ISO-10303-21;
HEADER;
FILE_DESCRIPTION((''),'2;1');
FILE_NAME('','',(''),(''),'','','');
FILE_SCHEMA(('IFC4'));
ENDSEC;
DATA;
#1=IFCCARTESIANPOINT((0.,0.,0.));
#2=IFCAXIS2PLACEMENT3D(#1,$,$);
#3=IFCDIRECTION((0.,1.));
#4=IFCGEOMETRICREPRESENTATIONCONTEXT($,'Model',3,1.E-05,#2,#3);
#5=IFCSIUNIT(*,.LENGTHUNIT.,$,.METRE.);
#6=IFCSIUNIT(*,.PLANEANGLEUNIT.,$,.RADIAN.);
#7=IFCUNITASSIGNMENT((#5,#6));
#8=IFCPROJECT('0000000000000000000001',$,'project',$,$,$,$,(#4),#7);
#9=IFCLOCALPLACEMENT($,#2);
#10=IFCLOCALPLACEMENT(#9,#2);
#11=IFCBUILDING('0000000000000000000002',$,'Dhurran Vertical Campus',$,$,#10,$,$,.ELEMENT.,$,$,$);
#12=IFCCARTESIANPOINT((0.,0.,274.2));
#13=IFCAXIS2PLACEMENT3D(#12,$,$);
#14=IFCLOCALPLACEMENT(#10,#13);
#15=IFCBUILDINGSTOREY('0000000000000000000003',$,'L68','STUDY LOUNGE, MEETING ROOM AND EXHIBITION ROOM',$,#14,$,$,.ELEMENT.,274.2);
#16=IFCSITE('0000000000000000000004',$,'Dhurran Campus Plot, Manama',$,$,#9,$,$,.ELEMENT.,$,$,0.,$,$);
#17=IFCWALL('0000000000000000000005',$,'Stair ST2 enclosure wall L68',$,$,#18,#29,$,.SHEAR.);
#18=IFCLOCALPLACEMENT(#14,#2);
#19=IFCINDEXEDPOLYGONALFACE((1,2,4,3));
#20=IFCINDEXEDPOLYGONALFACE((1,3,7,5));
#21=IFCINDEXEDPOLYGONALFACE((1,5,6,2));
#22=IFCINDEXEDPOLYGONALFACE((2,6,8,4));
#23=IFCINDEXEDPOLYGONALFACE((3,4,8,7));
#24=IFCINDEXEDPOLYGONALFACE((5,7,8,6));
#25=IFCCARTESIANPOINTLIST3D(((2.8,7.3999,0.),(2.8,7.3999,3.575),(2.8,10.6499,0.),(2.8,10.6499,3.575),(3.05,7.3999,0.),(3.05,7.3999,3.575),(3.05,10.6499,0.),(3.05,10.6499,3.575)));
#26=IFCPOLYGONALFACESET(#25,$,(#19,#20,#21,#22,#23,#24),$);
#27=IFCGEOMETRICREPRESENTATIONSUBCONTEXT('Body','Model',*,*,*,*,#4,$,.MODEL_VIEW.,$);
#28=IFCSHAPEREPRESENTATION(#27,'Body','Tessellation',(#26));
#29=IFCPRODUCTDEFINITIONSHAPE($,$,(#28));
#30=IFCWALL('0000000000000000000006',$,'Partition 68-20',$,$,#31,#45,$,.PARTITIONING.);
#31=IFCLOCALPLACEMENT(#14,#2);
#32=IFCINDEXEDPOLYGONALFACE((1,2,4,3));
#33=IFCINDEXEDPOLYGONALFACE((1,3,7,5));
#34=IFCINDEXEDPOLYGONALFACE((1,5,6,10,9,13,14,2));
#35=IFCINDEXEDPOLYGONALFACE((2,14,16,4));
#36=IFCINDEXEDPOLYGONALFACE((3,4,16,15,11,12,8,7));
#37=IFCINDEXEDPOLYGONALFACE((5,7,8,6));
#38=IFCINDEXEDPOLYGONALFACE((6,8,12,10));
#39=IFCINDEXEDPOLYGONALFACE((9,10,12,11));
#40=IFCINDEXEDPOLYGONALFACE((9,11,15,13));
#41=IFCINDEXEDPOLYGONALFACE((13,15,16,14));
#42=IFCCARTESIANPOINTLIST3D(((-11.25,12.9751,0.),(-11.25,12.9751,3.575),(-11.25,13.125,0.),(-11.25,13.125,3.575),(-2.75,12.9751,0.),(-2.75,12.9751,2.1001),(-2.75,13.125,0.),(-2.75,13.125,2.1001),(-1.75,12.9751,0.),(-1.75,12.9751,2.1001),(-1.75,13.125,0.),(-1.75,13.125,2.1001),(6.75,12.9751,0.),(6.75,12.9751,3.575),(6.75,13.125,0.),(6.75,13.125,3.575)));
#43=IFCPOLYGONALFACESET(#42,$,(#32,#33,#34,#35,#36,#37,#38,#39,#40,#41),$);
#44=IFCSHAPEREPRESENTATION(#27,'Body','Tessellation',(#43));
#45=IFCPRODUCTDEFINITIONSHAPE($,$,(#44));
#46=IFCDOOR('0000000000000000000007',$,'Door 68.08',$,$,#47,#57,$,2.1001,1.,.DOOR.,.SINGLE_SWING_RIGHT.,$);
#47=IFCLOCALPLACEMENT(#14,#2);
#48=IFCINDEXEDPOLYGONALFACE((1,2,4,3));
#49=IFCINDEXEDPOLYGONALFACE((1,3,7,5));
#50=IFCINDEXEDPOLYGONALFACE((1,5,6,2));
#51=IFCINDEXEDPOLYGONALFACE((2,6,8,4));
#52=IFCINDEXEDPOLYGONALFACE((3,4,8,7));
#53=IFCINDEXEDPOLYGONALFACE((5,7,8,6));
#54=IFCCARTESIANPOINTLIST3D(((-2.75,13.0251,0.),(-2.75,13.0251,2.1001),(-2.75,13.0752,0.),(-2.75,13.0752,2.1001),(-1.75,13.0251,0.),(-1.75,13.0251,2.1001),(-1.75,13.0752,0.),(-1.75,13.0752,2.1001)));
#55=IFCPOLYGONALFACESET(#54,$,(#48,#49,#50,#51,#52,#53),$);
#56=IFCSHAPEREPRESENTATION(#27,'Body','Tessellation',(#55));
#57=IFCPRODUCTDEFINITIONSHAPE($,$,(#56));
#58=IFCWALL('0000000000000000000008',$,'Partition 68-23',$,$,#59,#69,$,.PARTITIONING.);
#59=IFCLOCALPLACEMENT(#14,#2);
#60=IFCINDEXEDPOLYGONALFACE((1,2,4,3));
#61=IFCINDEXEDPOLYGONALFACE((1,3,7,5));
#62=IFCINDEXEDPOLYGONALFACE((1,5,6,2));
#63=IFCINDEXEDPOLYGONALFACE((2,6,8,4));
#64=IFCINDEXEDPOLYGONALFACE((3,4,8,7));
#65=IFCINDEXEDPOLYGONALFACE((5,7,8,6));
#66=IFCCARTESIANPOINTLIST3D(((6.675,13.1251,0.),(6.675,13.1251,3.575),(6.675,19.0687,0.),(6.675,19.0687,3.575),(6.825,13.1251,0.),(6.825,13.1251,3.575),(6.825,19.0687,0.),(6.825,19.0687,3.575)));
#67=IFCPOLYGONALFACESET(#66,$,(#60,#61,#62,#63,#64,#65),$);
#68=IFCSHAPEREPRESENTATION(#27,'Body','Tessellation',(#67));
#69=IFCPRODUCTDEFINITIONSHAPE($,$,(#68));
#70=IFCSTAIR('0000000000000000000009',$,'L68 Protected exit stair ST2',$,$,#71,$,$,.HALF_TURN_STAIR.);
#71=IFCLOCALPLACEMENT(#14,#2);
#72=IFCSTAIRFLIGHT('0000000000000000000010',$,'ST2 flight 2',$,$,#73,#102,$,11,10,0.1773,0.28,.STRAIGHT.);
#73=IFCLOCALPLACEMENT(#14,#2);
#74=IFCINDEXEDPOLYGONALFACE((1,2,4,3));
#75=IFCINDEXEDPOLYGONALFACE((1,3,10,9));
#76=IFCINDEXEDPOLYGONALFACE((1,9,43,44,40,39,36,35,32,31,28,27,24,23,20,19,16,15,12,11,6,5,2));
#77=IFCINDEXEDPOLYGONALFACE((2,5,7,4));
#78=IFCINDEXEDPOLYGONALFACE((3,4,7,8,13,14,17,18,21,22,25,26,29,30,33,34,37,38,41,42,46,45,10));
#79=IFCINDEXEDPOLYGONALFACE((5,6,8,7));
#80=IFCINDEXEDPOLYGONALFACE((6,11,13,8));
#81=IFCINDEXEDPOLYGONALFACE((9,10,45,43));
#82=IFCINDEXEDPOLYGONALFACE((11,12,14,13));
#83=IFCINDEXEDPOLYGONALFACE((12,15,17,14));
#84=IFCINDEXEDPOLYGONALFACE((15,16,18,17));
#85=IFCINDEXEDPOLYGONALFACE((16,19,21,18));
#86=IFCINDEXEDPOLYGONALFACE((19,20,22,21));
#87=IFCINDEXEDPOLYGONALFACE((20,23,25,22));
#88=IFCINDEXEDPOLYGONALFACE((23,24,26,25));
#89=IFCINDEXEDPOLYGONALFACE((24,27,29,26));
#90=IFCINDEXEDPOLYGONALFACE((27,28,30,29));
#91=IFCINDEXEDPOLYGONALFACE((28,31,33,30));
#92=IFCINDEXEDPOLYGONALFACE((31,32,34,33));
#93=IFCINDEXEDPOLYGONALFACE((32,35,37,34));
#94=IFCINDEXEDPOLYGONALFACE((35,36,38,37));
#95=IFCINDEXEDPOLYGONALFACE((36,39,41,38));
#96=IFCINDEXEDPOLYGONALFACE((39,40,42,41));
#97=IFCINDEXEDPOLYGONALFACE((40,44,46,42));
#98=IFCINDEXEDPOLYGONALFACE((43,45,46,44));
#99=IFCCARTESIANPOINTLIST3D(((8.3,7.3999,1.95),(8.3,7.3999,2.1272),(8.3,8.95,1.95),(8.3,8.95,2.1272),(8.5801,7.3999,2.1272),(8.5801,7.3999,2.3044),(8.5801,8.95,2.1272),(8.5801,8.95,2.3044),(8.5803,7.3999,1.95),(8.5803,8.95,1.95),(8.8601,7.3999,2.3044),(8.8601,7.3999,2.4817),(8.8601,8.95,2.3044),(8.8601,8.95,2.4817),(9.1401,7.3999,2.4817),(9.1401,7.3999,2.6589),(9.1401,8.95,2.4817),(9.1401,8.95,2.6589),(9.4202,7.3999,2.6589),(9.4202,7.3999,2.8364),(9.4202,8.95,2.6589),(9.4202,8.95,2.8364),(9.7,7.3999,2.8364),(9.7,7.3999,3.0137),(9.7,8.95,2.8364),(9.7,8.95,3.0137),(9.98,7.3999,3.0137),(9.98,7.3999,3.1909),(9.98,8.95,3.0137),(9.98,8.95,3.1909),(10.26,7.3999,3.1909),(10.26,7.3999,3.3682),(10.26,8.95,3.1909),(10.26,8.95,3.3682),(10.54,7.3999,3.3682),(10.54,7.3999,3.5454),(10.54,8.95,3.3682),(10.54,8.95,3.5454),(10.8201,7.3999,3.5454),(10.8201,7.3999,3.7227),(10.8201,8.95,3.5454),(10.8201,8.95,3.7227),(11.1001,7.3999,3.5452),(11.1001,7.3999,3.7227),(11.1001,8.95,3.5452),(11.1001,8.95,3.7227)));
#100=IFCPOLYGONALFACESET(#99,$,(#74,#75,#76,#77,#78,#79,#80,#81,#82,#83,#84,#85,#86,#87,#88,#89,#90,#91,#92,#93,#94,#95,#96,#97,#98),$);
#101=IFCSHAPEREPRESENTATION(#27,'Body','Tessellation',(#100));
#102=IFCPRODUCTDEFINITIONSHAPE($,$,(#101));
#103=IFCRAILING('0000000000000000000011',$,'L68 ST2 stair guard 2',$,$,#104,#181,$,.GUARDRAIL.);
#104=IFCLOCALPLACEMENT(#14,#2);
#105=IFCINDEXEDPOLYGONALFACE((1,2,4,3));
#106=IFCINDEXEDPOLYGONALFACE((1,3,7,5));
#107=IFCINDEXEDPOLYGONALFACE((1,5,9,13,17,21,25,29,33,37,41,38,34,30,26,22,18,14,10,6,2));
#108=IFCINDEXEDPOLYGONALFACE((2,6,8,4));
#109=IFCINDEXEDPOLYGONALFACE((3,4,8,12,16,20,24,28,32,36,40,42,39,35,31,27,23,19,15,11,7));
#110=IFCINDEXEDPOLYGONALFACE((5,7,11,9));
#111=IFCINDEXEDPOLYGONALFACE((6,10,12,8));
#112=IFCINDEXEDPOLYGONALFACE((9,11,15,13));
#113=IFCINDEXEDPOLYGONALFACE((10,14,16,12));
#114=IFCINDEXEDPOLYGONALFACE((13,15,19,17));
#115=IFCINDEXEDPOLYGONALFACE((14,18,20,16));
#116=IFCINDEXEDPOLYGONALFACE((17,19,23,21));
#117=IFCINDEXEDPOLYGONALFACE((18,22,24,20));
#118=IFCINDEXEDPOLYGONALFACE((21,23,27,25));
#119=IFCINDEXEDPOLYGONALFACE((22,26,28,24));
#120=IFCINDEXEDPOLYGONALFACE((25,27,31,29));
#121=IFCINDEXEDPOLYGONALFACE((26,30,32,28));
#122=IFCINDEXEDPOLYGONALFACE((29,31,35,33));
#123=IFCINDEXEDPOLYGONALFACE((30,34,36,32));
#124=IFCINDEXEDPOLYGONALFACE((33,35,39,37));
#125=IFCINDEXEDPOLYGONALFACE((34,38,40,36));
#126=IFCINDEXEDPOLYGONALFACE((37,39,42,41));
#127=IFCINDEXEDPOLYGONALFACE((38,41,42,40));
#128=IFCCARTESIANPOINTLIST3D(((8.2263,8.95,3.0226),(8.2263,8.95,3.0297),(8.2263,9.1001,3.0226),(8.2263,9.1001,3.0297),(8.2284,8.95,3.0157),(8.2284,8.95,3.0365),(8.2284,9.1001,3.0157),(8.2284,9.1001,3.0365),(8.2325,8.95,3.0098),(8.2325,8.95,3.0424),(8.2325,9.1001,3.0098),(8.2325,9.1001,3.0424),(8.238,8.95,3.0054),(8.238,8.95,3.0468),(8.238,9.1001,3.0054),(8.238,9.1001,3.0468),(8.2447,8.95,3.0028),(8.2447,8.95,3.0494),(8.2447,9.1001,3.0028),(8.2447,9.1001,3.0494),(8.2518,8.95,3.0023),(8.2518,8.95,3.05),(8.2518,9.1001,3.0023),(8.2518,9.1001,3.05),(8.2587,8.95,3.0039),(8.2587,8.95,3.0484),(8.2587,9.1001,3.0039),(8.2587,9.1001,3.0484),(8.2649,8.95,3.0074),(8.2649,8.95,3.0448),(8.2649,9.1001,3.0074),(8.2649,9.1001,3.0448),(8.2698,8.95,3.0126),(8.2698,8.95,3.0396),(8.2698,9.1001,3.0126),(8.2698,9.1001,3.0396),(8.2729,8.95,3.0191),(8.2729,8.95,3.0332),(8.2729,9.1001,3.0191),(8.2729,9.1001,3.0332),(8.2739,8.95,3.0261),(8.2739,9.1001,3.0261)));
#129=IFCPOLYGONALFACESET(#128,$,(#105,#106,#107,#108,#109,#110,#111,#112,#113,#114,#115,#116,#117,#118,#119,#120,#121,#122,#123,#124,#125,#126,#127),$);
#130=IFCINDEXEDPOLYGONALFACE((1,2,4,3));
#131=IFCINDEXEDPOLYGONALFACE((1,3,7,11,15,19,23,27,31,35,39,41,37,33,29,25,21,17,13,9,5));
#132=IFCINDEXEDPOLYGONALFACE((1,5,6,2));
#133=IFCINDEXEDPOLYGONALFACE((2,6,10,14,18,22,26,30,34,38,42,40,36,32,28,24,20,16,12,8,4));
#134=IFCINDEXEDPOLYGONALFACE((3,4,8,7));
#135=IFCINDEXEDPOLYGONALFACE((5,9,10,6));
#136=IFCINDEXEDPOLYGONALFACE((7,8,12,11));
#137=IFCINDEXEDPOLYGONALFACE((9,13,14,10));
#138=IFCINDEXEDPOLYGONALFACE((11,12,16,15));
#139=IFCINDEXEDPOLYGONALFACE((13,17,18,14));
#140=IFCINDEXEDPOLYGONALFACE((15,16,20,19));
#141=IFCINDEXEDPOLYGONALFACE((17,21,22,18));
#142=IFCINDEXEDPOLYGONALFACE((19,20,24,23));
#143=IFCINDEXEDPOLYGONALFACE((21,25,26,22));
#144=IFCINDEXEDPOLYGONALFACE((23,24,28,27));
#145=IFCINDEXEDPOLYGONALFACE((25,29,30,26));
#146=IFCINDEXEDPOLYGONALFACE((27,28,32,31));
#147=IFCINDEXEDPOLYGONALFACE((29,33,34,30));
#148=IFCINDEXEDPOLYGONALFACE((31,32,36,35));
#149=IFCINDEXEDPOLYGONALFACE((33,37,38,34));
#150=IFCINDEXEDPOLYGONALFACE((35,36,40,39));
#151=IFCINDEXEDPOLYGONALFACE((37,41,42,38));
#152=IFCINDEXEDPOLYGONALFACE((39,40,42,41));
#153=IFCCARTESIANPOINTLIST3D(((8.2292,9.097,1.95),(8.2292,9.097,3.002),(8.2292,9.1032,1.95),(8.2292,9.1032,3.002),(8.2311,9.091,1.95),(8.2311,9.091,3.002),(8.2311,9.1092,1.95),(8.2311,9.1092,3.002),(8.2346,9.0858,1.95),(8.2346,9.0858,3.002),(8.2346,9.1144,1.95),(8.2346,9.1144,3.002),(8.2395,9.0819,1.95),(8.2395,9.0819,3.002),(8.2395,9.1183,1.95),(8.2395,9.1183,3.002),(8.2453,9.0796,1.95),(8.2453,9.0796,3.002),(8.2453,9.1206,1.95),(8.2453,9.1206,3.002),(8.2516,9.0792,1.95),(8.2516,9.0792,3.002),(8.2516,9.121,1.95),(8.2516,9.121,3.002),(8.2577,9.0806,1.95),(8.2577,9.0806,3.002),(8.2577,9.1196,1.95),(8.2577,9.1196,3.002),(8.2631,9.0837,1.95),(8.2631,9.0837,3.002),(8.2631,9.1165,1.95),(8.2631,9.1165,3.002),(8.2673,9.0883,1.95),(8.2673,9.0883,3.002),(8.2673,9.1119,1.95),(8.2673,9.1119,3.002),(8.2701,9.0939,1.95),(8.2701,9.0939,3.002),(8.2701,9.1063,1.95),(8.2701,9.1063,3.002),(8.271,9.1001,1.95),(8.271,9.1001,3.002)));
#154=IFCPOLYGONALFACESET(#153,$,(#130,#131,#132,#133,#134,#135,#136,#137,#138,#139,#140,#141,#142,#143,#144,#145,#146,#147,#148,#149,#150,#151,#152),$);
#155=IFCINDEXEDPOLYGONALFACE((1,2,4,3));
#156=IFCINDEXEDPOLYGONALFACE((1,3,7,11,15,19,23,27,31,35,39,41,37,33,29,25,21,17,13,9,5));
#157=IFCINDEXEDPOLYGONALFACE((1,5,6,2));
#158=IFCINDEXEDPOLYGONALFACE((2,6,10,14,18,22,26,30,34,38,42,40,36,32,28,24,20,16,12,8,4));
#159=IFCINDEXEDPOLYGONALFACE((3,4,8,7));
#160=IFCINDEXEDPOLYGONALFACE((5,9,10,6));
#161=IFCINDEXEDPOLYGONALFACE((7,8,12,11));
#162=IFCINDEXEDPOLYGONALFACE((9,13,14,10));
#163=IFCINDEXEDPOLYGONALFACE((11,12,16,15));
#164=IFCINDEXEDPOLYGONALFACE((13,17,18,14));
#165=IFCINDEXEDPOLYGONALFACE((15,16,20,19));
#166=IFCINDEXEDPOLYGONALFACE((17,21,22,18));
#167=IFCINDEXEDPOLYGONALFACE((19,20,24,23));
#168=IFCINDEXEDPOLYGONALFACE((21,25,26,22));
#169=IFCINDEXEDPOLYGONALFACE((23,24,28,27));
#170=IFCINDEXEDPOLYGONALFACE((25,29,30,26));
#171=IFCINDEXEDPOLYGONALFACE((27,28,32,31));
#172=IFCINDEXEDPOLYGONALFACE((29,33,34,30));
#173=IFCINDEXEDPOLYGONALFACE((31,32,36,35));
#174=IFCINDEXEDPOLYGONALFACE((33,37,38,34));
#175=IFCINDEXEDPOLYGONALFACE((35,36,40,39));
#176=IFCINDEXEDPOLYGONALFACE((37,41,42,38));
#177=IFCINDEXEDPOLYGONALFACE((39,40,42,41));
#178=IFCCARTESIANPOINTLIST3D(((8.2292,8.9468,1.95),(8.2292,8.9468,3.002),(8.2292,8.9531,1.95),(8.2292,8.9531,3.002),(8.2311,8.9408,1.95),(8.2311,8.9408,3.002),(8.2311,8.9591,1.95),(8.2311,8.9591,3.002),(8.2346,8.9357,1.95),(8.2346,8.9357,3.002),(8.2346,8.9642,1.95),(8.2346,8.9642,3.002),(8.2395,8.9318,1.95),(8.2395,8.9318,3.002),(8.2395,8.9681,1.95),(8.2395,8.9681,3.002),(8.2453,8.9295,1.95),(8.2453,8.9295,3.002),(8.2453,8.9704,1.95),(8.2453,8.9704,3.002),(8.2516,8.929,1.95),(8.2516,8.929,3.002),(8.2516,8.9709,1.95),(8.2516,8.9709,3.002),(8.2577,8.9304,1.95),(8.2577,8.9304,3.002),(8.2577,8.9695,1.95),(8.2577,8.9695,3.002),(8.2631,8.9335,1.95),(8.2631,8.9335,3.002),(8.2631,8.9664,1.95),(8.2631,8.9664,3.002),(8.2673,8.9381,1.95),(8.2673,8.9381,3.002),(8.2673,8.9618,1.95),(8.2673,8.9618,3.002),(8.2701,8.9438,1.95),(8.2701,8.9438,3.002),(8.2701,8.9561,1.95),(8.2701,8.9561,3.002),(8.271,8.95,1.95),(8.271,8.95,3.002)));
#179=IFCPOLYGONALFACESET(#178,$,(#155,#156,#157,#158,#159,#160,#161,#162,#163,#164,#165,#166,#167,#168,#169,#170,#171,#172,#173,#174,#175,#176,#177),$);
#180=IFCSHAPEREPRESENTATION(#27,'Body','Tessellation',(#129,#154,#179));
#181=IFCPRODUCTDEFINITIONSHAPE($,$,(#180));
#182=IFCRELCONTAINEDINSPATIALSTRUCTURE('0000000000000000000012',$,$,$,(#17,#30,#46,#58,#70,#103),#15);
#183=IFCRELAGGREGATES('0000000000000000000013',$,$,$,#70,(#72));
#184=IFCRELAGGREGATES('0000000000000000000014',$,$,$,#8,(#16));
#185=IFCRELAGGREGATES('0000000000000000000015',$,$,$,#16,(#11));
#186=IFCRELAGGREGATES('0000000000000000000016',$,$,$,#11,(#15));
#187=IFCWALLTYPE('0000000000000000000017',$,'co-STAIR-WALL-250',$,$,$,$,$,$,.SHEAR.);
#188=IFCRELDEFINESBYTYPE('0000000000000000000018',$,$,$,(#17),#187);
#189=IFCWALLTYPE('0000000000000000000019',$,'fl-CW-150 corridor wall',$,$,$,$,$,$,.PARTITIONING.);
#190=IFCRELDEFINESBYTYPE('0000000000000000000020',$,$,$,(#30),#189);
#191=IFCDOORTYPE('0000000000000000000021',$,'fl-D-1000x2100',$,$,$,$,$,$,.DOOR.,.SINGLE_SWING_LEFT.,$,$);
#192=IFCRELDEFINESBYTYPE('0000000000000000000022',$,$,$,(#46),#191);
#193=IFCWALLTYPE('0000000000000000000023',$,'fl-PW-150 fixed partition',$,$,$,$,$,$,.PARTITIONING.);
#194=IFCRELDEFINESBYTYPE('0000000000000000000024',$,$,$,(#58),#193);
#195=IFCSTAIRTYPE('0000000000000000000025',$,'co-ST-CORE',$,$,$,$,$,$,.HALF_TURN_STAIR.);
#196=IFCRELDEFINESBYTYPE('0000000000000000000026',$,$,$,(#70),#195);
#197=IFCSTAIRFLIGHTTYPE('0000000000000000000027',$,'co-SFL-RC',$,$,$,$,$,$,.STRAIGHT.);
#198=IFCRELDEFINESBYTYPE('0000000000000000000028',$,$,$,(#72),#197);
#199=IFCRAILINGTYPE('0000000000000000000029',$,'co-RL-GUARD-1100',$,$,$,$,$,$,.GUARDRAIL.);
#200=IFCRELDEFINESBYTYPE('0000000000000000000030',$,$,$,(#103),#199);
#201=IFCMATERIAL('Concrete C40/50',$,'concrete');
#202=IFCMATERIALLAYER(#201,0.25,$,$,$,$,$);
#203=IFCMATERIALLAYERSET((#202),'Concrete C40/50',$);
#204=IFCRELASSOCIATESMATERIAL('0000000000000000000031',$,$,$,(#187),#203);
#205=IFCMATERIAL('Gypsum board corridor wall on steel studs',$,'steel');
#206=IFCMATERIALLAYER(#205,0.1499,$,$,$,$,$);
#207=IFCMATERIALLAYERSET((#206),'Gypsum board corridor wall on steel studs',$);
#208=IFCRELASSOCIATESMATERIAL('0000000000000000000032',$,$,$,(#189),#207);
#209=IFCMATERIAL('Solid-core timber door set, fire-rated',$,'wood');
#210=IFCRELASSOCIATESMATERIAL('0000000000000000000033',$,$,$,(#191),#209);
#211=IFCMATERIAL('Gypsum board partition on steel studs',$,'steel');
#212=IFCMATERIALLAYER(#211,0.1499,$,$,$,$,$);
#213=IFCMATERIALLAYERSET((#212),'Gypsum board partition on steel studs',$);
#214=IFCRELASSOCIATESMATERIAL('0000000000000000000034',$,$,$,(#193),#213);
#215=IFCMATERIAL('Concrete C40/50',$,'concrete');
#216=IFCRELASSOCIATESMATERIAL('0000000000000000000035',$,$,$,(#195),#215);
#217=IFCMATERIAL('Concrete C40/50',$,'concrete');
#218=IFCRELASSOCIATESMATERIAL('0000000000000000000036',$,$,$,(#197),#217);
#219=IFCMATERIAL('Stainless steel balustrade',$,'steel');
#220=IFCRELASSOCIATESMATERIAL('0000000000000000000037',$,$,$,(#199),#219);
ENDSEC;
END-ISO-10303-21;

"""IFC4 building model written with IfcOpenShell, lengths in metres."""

from ifc_helpers import new_model, si_unit, direction, frame, frame_2d, origin, origin_2d, place, context, subcontext, project, spatial, polyline, rectangle, circle, outline, extrude, material, layer, layer_set, type_object, element, fill, aggregate, save


model = new_model("IFC4")

# Units and contexts
model_context = context("Model", 3, precision=1e-05, world=origin(), true_north=direction((0.0, 1.0)))
body_context = subcontext(model_context, "Body", "Model", "MODEL_VIEW")
ifc_project = project(units=[si_unit("LENGTHUNIT", "METRE"), si_unit("PLANEANGLEUNIT", "RADIAN")], contexts=[model_context])

# Site, building, storey
site_placement = place(None, origin())
site = spatial("IfcSite", under=ifc_project, at=site_placement, Name="Dhurran Campus Plot, Manama", CompositionType="ELEMENT", RefElevation=0.0)
building_placement = place(site_placement, origin())
building = spatial("IfcBuilding", under=site, at=building_placement, Name="Dhurran Vertical Campus", CompositionType="ELEMENT")
storey_placement = place(building_placement, frame((0.0, 0.0, 274.2)))
storey = spatial("IfcBuildingStorey", under=building, at=storey_placement, Name="L68", Description="STUDY LOUNGE, MEETING ROOM AND EXHIBITION ROOM", CompositionType="ELEMENT", Elevation=274.2)

# Shared definitions
ifc_material_1 = material(Name="Concrete C40/50", Category="concrete")
ifc_layer_1 = layer(ifc_material_1, 0.25)
ifc_layer_set_1 = layer_set([ifc_layer_1], Name="Concrete C40/50")
wall_type_1 = type_object("IfcWallType", Name="co-STAIR-WALL-250", PredefinedType="SHEAR", material=ifc_layer_set_1)

# Wall
wall_1_placement = place(storey_placement, frame((2.925, 7.3999, 0.0), z_axis=(0.0, 0.0, 1.0), x_axis=(0.0, 1.0, 0.0)))
element("IfcWall", 1, at=wall_1_placement, inside=storey, type_object=wall_type_1, Name="Stair ST2 enclosure wall L68", PredefinedType="SHEAR", context=body_context, shape_type="SweptSolid", body=[
    extrude(rectangle(XDim=3.25, YDim=0.25, at=frame_2d((1.625, 0.0))), origin(), (0.0, 0.0, 1.0), 3.575),
])

# Wall, opening, door
ifc_material_2 = material(Name="Gypsum board corridor wall on steel studs", Category="steel")
ifc_layer_2 = layer(ifc_material_2, 0.1499)
ifc_layer_set_2 = layer_set([ifc_layer_2], Name="Gypsum board corridor wall on steel studs")
wall_type_2 = type_object("IfcWallType", Name="fl-CW-150 corridor wall", PredefinedType="PARTITIONING", material=ifc_layer_set_2)
wall_2_placement = place(storey_placement, frame((6.75, 13.05, 0.0), z_axis=(0.0, 0.0, 1.0), x_axis=(-1.0, 0.0, 0.0)))
wall_2 = element("IfcWall", 2, at=wall_2_placement, inside=storey, type_object=wall_type_2, Name="Partition 68-20", PredefinedType="PARTITIONING", context=body_context, shape_type="SweptSolid", body=[
    extrude(rectangle(XDim=18.0, YDim=0.1499, at=frame_2d((9.0, 0.0))), origin(), (0.0, 0.0, 1.0), 3.575),
])
opening_1_placement = place(wall_2_placement, frame((8.5, 0.0, 0.0)))
opening_1 = element("IfcOpeningElement", 3, at=opening_1_placement, cuts=wall_2, PredefinedType="OPENING", context=body_context, shape_type="SweptSolid", body=[
    extrude(rectangle(XDim=1.0, YDim=2.1001, at=frame_2d((0.5, 1.05))), frame((0.0, 0.085, 0.0), z_axis=(0.0, -1.0, 0.0), x_axis=(1.0, 0.0, 0.0)), (0.0, 0.0, 1.0), 0.1699),
])
ifc_material_3 = material(Name="Solid-core timber door set, fire-rated", Category="wood")
door_type_1 = type_object("IfcDoorType", Name="fl-D-1000x2100", OperationType="SINGLE_SWING_LEFT", PredefinedType="DOOR", material=ifc_material_3)
door_1_placement = place(opening_1_placement, origin())
door_1 = element("IfcDoor", 4, at=door_1_placement, inside=storey, type_object=door_type_1, Name="Door 68.08", OperationType="SINGLE_SWING_RIGHT", OverallHeight=2.1001, OverallWidth=1.0, PredefinedType="DOOR", context=body_context, shape_type="SweptSolid", body=[
    extrude(rectangle(XDim=1.0, YDim=2.1001, at=frame_2d((0.5, 1.05))), frame((0.0, 0.0249, 0.0), z_axis=(0.0, -1.0, 0.0), x_axis=(1.0, 0.0, 0.0)), (0.0, 0.0, 1.0), 0.05),
])
fill(opening_1, door_1)

# Wall
ifc_material_4 = material(Name="Gypsum board partition on steel studs", Category="steel")
ifc_layer_3 = layer(ifc_material_4, 0.1499)
ifc_layer_set_3 = layer_set([ifc_layer_3], Name="Gypsum board partition on steel studs")
wall_type_3 = type_object("IfcWallType", Name="fl-PW-150 fixed partition", PredefinedType="PARTITIONING", material=ifc_layer_set_3)
wall_3_placement = place(storey_placement, frame((6.75, 19.0686, 0.0), z_axis=(0.0, 0.0, 1.0), x_axis=(0.0, -1.0, 0.0)))
element("IfcWall", 5, at=wall_3_placement, inside=storey, type_object=wall_type_3, Name="Partition 68-23", PredefinedType="PARTITIONING", context=body_context, shape_type="SweptSolid", body=[
    extrude(rectangle(XDim=5.9436, YDim=0.1499, at=frame_2d((2.9717, 0.0))), origin(), (0.0, 0.0, 1.0), 3.575),
])

# Stair, stair flight
ifc_material_5 = material(Name="Concrete C40/50", Category="concrete")
stair_type = type_object("IfcStairType", Name="co-ST-CORE", PredefinedType="HALF_TURN_STAIR", material=ifc_material_5)
stair_placement = place(storey_placement, origin())
stair = element("IfcStair", 6, at=stair_placement, inside=storey, type_object=stair_type, Name="L68 Protected exit stair ST2", PredefinedType="HALF_TURN_STAIR")
ifc_material_6 = material(Name="Concrete C40/50", Category="concrete")
stair_flight_type = type_object("IfcStairFlightType", Name="co-SFL-RC", PredefinedType="STRAIGHT", material=ifc_material_6)
stair_flight_placement = place(storey_placement, frame((8.3, 8.175, 1.95), z_axis=(0.0, 0.0, 1.0), x_axis=(1.0, 0.0, 0.0)))
stair_flight = element("IfcStairFlight", 7, at=stair_flight_placement, type_object=stair_flight_type, Name="ST2 flight 2", NumberOfRisers=11, NumberOfTreads=10, PredefinedType="STRAIGHT", RiserHeight=0.1773, TreadLength=0.28, context=body_context, shape_type="SweptSolid", body=[
    extrude(outline(polyline([(0.0, 0.0), (0.0, 0.1772), (0.28, 0.1772), (0.28, 0.3545), (0.5601, 0.3545), (0.5601, 0.5317), (0.8401, 0.5317), (0.8401, 0.709), (1.1201, 0.709), (1.1201, 0.8865), (1.3999, 0.8865), (1.3999, 1.0637), (1.6799, 1.0637), (1.6799, 1.241), (1.96, 1.241), (1.96, 1.4182), (2.24, 1.4182), (2.24, 1.5955), (2.52, 1.5955), (2.52, 1.7727), (2.8, 1.7727), (2.8, 1.95), (2.8, 1.5952), (0.2803, 0.0), (0.0, 0.0)])), frame((0.0, 0.7749, 0.0), z_axis=(0.0, -1.0, 0.0), x_axis=(1.0, 0.0, 0.0)), (0.0, 0.0, 1.0), 1.55),
])
aggregate(stair, [stair_flight])

# Railing
ifc_material_7 = material(Name="Stainless steel balustrade", Category="steel")
railing_type_1 = type_object("IfcRailingType", Name="co-RL-GUARD-1100", PredefinedType="GUARDRAIL", material=ifc_material_7)
railing_1_placement = place(storey_placement, frame((8.25, 9.1001, 1.95)))
element("IfcRailing", 8, at=railing_1_placement, inside=storey, type_object=railing_type_1, Name="L68 ST2 stair guard 2", PredefinedType="GUARDRAIL", context=body_context, shape_type="SweptSolid", body=[
    extrude(circle(Radius=0.0239, at=origin_2d()), frame((0.0, 0.0, 1.0762), z_axis=(0.0, -1.0, 0.0), x_axis=(1.0, 0.0, 0.0)), (0.0, 0.0, 1.0), 0.1501),
    extrude(circle(Radius=0.021, at=origin_2d()), origin(), (0.0, 0.0, 1.0), 1.052),
    extrude(circle(Radius=0.021, at=origin_2d()), frame((0.0, -0.1501, 0.0)), (0.0, 0.0, 1.0), 1.052),
])

save(model, "model.ifc")
